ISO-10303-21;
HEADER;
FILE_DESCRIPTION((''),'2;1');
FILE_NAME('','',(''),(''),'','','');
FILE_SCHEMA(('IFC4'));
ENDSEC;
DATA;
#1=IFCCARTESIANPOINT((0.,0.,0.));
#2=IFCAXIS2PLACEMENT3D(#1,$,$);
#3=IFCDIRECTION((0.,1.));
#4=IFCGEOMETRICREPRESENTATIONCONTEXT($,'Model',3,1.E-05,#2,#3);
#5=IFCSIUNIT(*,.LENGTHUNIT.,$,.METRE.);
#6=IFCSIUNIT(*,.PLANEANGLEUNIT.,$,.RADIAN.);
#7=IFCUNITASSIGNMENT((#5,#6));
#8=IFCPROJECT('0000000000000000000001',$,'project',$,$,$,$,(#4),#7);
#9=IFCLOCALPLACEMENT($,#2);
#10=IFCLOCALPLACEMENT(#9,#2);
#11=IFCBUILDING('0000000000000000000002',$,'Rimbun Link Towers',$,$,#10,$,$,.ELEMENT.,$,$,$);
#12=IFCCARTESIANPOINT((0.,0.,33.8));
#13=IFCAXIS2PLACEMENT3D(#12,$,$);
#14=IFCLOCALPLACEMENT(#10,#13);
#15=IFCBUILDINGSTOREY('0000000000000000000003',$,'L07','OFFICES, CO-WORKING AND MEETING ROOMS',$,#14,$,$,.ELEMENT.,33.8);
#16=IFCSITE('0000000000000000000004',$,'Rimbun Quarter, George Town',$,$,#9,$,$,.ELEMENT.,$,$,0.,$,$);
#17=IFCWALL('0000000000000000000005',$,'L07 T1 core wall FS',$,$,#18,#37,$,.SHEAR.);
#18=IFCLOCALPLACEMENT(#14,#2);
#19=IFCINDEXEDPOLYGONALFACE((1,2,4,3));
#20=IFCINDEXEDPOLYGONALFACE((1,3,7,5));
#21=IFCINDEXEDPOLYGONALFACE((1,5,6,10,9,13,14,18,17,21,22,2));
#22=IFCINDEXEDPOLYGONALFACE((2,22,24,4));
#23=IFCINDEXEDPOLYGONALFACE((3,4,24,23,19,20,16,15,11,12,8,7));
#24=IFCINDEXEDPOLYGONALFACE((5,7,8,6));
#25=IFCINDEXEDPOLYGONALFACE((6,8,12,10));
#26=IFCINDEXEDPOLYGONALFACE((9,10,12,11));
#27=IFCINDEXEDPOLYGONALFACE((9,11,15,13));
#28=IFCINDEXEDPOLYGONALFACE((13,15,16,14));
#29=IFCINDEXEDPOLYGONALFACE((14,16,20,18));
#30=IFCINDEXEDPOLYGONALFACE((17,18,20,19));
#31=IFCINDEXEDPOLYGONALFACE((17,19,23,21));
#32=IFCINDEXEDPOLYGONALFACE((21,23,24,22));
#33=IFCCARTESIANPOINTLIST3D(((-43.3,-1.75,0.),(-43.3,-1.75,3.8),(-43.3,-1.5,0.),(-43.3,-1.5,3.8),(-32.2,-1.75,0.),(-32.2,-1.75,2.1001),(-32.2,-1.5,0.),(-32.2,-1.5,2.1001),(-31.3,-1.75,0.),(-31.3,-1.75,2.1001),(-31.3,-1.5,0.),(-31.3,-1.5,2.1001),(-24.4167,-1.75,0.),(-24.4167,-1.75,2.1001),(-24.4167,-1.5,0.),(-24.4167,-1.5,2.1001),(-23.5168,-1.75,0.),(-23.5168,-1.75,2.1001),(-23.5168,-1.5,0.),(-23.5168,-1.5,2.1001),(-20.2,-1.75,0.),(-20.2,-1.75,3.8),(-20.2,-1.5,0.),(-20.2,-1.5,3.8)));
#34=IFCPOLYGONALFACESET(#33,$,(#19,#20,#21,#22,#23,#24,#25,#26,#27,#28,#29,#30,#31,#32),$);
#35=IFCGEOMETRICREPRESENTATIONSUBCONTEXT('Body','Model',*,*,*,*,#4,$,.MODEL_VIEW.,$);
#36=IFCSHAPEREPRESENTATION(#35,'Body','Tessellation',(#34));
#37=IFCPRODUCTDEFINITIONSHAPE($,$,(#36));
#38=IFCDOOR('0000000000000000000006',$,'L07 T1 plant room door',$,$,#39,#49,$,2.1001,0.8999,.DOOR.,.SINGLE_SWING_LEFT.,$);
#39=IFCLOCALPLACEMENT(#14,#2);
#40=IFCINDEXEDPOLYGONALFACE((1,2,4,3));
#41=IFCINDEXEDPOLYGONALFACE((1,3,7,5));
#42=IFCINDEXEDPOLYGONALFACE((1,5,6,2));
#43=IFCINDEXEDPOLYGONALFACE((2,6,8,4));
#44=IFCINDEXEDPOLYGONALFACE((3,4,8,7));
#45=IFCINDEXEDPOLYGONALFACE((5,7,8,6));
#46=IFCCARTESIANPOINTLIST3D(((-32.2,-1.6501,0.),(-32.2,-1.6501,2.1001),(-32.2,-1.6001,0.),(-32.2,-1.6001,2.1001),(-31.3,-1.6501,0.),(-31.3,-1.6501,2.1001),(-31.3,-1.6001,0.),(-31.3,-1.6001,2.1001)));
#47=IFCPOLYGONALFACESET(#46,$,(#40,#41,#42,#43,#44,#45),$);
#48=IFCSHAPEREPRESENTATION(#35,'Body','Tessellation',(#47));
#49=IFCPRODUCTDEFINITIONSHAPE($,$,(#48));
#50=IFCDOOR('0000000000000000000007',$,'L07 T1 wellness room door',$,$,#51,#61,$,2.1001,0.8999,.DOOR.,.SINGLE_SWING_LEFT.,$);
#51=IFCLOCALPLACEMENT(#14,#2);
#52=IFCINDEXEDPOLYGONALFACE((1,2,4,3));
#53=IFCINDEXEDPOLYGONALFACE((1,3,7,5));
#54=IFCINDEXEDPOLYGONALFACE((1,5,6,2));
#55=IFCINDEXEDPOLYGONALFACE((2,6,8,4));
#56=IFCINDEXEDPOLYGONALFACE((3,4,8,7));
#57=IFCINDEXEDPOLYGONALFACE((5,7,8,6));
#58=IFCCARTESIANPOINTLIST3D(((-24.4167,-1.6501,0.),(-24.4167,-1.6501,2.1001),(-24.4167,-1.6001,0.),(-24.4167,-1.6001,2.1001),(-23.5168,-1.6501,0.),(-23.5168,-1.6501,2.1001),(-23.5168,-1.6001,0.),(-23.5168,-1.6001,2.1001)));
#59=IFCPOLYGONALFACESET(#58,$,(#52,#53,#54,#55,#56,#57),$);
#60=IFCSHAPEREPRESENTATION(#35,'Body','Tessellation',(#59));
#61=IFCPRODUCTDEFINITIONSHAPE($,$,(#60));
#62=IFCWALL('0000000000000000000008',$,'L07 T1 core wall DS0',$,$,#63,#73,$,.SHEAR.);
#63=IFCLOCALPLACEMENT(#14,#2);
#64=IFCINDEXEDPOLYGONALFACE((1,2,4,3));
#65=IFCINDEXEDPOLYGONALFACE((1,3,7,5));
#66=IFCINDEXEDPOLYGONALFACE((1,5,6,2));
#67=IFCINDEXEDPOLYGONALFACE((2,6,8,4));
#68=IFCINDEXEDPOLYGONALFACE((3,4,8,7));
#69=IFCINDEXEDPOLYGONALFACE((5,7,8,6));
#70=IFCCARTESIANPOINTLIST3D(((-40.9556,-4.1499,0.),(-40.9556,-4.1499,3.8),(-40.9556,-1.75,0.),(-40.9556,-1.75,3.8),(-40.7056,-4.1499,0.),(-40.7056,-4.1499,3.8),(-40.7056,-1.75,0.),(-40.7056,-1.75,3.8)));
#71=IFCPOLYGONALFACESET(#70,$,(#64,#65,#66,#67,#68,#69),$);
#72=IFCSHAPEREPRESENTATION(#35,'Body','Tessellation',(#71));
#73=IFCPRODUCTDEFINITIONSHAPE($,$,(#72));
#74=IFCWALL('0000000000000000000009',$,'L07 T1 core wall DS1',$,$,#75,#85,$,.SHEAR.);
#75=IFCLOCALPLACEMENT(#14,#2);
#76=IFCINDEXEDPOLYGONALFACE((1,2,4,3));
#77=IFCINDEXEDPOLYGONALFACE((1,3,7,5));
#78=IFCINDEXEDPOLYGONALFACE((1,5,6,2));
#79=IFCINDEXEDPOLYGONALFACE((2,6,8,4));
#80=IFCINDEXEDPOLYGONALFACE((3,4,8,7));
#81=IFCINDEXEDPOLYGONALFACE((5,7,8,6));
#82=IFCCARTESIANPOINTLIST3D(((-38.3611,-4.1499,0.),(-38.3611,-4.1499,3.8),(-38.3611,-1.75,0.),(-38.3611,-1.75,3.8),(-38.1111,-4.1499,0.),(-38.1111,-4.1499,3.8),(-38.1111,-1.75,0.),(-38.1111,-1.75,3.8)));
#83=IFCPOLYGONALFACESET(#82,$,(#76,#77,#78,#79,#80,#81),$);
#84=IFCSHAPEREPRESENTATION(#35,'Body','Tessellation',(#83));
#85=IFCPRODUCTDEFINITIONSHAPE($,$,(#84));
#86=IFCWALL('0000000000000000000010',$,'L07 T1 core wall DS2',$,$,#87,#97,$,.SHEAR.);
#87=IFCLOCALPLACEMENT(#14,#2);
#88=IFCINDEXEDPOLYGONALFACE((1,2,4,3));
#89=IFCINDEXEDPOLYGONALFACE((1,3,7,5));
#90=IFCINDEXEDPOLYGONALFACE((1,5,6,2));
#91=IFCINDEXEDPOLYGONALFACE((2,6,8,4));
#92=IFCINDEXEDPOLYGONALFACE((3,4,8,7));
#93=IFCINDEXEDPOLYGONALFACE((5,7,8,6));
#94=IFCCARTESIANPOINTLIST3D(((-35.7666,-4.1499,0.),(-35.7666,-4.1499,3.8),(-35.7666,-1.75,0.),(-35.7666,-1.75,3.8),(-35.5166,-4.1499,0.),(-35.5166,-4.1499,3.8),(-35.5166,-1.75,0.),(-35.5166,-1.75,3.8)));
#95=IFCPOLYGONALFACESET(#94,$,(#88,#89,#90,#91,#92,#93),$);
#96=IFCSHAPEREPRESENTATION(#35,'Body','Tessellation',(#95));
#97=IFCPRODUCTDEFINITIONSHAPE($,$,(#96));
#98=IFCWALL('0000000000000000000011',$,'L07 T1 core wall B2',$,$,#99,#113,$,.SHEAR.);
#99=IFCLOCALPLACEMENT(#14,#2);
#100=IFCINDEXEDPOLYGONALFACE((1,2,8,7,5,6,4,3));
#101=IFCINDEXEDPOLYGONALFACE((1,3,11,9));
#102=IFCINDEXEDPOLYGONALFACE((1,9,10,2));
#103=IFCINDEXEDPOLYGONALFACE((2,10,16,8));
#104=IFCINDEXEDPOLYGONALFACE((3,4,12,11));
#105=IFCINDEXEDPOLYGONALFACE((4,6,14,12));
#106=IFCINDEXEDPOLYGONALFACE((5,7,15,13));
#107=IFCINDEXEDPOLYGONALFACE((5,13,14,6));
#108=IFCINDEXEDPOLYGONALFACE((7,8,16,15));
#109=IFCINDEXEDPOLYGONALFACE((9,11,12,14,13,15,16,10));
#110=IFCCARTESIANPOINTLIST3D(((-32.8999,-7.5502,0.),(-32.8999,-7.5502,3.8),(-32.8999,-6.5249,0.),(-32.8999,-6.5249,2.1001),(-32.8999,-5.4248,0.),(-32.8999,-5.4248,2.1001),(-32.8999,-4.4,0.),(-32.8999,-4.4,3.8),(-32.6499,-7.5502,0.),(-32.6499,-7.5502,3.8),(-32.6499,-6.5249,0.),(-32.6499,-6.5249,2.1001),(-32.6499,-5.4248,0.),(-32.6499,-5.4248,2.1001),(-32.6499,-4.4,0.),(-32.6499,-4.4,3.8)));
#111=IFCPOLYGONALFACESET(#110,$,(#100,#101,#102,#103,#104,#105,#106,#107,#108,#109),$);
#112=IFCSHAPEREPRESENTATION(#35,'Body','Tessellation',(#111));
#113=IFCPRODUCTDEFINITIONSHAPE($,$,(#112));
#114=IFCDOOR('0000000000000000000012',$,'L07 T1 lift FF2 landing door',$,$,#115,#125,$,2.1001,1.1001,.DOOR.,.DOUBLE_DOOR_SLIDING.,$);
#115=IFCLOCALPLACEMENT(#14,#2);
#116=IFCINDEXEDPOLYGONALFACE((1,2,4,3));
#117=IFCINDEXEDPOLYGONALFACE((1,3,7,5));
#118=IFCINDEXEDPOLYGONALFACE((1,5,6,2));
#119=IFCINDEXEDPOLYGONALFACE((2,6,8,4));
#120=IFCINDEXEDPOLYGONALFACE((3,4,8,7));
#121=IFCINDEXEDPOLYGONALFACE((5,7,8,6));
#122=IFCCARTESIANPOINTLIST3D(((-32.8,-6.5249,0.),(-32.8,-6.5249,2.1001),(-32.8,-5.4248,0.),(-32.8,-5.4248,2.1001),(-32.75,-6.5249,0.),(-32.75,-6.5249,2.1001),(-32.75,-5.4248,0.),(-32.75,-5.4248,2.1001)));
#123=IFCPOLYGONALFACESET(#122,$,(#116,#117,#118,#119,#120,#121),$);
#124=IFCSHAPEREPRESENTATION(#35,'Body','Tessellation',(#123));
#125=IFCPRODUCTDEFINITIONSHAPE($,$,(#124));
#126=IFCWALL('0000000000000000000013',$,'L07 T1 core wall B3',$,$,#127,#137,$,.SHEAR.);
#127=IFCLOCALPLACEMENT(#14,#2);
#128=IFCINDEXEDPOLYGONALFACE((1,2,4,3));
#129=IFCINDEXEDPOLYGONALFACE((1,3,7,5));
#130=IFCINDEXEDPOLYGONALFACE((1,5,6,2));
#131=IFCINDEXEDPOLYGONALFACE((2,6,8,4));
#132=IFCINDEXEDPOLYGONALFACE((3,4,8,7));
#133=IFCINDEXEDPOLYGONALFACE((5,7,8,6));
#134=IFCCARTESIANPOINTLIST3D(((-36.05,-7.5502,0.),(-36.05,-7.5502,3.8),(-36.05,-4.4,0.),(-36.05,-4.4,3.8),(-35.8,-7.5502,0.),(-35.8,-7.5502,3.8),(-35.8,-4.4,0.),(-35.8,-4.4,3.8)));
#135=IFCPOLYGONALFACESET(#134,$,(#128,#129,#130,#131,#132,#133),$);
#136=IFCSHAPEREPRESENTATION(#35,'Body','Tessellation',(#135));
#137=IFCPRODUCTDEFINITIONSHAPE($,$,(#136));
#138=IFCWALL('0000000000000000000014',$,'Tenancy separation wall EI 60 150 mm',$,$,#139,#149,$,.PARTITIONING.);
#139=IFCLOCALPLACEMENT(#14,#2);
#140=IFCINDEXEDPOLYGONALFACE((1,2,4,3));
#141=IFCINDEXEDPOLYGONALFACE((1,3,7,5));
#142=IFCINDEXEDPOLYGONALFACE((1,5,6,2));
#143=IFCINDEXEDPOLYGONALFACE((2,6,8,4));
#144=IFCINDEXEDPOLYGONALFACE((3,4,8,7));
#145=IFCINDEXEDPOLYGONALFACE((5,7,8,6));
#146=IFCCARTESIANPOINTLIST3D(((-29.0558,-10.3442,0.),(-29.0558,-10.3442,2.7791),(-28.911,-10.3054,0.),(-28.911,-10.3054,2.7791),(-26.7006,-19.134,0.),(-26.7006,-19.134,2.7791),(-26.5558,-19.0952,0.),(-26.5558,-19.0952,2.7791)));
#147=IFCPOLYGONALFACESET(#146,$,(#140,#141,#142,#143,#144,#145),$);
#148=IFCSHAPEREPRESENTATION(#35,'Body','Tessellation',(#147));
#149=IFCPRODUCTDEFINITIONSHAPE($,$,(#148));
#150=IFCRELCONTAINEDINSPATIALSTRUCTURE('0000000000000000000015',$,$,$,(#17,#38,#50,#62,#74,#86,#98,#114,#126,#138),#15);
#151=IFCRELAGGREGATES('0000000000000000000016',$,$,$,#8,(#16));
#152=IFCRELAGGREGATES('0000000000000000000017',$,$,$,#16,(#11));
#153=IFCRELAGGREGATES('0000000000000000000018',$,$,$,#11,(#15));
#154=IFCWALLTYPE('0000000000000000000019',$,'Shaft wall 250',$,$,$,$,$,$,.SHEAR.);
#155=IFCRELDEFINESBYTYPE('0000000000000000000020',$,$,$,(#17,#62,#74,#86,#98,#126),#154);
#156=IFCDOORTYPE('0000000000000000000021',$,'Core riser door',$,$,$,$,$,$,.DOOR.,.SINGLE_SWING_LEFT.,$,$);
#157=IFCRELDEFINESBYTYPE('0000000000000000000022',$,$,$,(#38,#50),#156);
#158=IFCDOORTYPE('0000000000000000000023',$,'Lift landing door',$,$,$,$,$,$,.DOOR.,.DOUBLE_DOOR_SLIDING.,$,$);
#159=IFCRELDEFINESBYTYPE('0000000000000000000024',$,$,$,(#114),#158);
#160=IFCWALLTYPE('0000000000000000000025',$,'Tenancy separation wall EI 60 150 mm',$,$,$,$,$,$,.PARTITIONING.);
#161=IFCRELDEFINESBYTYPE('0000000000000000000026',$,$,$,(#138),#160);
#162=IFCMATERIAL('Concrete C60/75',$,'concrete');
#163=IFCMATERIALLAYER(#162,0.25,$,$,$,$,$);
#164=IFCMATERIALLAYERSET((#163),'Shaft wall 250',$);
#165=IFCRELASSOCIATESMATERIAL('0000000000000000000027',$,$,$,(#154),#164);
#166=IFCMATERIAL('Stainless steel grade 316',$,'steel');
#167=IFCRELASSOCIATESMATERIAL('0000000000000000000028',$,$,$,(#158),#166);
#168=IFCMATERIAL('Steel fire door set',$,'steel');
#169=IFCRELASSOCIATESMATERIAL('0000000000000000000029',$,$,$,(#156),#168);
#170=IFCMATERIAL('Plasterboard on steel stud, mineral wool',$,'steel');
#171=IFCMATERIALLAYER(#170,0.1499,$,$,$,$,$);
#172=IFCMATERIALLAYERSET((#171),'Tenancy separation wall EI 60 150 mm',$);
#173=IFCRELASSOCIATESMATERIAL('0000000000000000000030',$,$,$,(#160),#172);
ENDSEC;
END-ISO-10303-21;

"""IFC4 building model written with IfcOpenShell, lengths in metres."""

from ifc_helpers import new_model, si_unit, direction, frame, frame_2d, origin, place, context, subcontext, project, spatial, rectangle, extrude, material, layer, layer_set, type_object, element, fill, save


model = new_model("IFC4")

# Units and contexts
model_context = context("Model", 3, precision=1e-05, world=origin(), true_north=direction((0.0, 1.0)))
body_context = subcontext(model_context, "Body", "Model", "MODEL_VIEW")
ifc_project = project(units=[si_unit("LENGTHUNIT", "METRE"), si_unit("PLANEANGLEUNIT", "RADIAN")], contexts=[model_context])

# Site, building, storey
site_placement = place(None, origin())
site = spatial("IfcSite", under=ifc_project, at=site_placement, Name="Rimbun Quarter, George Town", CompositionType="ELEMENT", RefElevation=0.0)
building_placement = place(site_placement, origin())
building = spatial("IfcBuilding", under=site, at=building_placement, Name="Rimbun Link Towers", CompositionType="ELEMENT")
storey_placement = place(building_placement, frame((0.0, 0.0, 33.8)))
storey = spatial("IfcBuildingStorey", under=building, at=storey_placement, Name="L07", Description="OFFICES, CO-WORKING AND MEETING ROOMS", CompositionType="ELEMENT", Elevation=33.8)

# Wall, openings, doors
ifc_material_1 = material(Name="Concrete C60/75", Category="concrete")
ifc_layer_1 = layer(ifc_material_1, 0.25)
ifc_layer_set_1 = layer_set([ifc_layer_1], Name="Shaft wall 250")
wall_type_1 = type_object("IfcWallType", Name="Shaft wall 250", PredefinedType="SHEAR", material=ifc_layer_set_1)
ifc_material_2 = material(Name="Stainless steel grade 316", Category="steel")
door_type_1 = type_object("IfcDoorType", Name="Lift landing door", OperationType="DOUBLE_DOOR_SLIDING", PredefinedType="DOOR", material=ifc_material_2)
wall_1_placement = place(storey_placement, frame((-43.3, -1.625, 0.0), z_axis=(0.0, 0.0, 1.0), x_axis=(1.0, 0.0, 0.0)))
wall_1 = element("IfcWall", 1, at=wall_1_placement, inside=storey, type_object=wall_type_1, Name="L07 T1 core wall FS", PredefinedType="SHEAR", context=body_context, shape_type="SweptSolid", body=[
    extrude(rectangle(XDim=23.1001, YDim=0.25, at=frame_2d((11.55, 0.0))), origin(), (0.0, 0.0, 1.0), 3.8),
])
opening_1_placement = place(wall_1_placement, frame((11.1001, 0.0, 0.0)))
opening_1 = element("IfcOpeningElement", 2, at=opening_1_placement, cuts=wall_1, PredefinedType="OPENING", context=body_context, shape_type="SweptSolid", body=[
    extrude(rectangle(XDim=0.8999, YDim=2.1001, at=frame_2d((0.45, 1.05))), frame((0.0, 0.135, 0.0), z_axis=(0.0, -1.0, 0.0), x_axis=(1.0, 0.0, 0.0)), (0.0, 0.0, 1.0), 0.27),
])
opening_2_placement = place(wall_1_placement, frame((18.8833, 0.0, 0.0)))
opening_2 = element("IfcOpeningElement", 3, at=opening_2_placement, cuts=wall_1, PredefinedType="OPENING", context=body_context, shape_type="SweptSolid", body=[
    extrude(rectangle(XDim=0.8999, YDim=2.1001, at=frame_2d((0.45, 1.05))), frame((0.0, 0.135, 0.0), z_axis=(0.0, -1.0, 0.0), x_axis=(1.0, 0.0, 0.0)), (0.0, 0.0, 1.0), 0.27),
])
ifc_material_3 = material(Name="Steel fire door set", Category="steel")
door_type_2 = type_object("IfcDoorType", Name="Core riser door", OperationType="SINGLE_SWING_LEFT", PredefinedType="DOOR", material=ifc_material_3)
door_1_placement = place(opening_1_placement, origin())
door_1 = element("IfcDoor", 4, at=door_1_placement, inside=storey, type_object=door_type_2, Name="L07 T1 plant room door", OperationType="SINGLE_SWING_LEFT", OverallHeight=2.1001, OverallWidth=0.8999, PredefinedType="DOOR", context=body_context, shape_type="SweptSolid", body=[
    extrude(rectangle(XDim=0.8999, YDim=2.1001, at=frame_2d((0.45, 1.05))), frame((0.0, 0.0249, 0.0), z_axis=(0.0, -1.0, 0.0), x_axis=(1.0, 0.0, 0.0)), (0.0, 0.0, 1.0), 0.05),
])
fill(opening_1, door_1)
door_2_placement = place(opening_2_placement, origin())
door_2 = element("IfcDoor", 5, at=door_2_placement, inside=storey, type_object=door_type_2, Name="L07 T1 wellness room door", OperationType="SINGLE_SWING_LEFT", OverallHeight=2.1001, OverallWidth=0.8999, PredefinedType="DOOR", context=body_context, shape_type="SweptSolid", body=[
    extrude(rectangle(XDim=0.8999, YDim=2.1001, at=frame_2d((0.45, 1.05))), frame((0.0, 0.0249, 0.0), z_axis=(0.0, -1.0, 0.0), x_axis=(1.0, 0.0, 0.0)), (0.0, 0.0, 1.0), 0.05),
])
fill(opening_2, door_2)

# Walls
for number, where, z_axis, x_axis, name in (
    (6, (-40.8306, -4.1499, 0.0), (0.0, 0.0, 1.0), (0.0, 1.0, 0.0), "L07 T1 core wall DS0"),
    (7, (-38.2361, -4.1499, 0.0), (0.0, 0.0, 1.0), (0.0, 1.0, 0.0), "L07 T1 core wall DS1"),
    (8, (-35.6416, -4.1499, 0.0), (0.0, 0.0, 1.0), (0.0, 1.0, 0.0), "L07 T1 core wall DS2"),
):
    element("IfcWall", number, at=place(storey_placement, frame(where, z_axis=z_axis, x_axis=x_axis)), inside=storey, type_object=wall_type_1, Name=name, PredefinedType="SHEAR", context=body_context, shape_type="SweptSolid", body=[
        extrude(rectangle(XDim=2.3999, YDim=0.25, at=frame_2d((1.2, 0.0))), origin(), (0.0, 0.0, 1.0), 3.8),
    ])

# Wall, opening, door
wall_2_placement = place(storey_placement, frame((-32.7749, -4.3999, 0.0), z_axis=(0.0, 0.0, 1.0), x_axis=(0.0, -1.0, 0.0)))
wall_2 = element("IfcWall", 9, at=wall_2_placement, inside=storey, type_object=wall_type_1, Name="L07 T1 core wall B2", PredefinedType="SHEAR", context=body_context, shape_type="SweptSolid", body=[
    extrude(rectangle(XDim=3.1501, YDim=0.25, at=frame_2d((1.5752, 0.0))), origin(), (0.0, 0.0, 1.0), 3.8),
])
opening_3_placement = place(wall_2_placement, frame((1.0249, 0.0, 0.0)))
opening_3 = element("IfcOpeningElement", 10, at=opening_3_placement, cuts=wall_2, PredefinedType="OPENING", context=body_context, shape_type="SweptSolid", body=[
    extrude(rectangle(XDim=1.1001, YDim=2.1001, at=frame_2d((0.55, 1.05))), frame((0.0, 0.135, 0.0), z_axis=(0.0, -1.0, 0.0), x_axis=(1.0, 0.0, 0.0)), (0.0, 0.0, 1.0), 0.27),
])
door_3_placement = place(opening_3_placement, origin())
door_3 = element("IfcDoor", 11, at=door_3_placement, inside=storey, type_object=door_type_1, Name="L07 T1 lift FF2 landing door", OperationType="DOUBLE_DOOR_SLIDING", OverallHeight=2.1001, OverallWidth=1.1001, PredefinedType="DOOR", context=body_context, shape_type="SweptSolid", body=[
    extrude(rectangle(XDim=1.1001, YDim=2.1001, at=frame_2d((0.55, 1.05))), frame((0.0, 0.0249, 0.0), z_axis=(0.0, -1.0, 0.0), x_axis=(1.0, 0.0, 0.0)), (0.0, 0.0, 1.0), 0.05),
])
fill(opening_3, door_3)

# Walls
wall_3_placement = place(storey_placement, frame((-35.925, -4.3999, 0.0), z_axis=(0.0, 0.0, 1.0), x_axis=(0.0, -1.0, 0.0)))
element("IfcWall", 12, at=wall_3_placement, inside=storey, type_object=wall_type_1, Name="L07 T1 core wall B3", PredefinedType="SHEAR", context=body_context, shape_type="SweptSolid", body=[
    extrude(rectangle(XDim=3.1501, YDim=0.25, at=frame_2d((1.5752, 0.0))), origin(), (0.0, 0.0, 1.0), 3.8),
])
ifc_material_4 = material(Name="Plasterboard on steel stud, mineral wool", Category="steel")
ifc_layer_2 = layer(ifc_material_4, 0.1499)
ifc_layer_set_2 = layer_set([ifc_layer_2], Name="Tenancy separation wall EI 60 150 mm")
wall_type_2 = type_object("IfcWallType", Name="Tenancy separation wall EI 60 150 mm", PredefinedType="PARTITIONING", material=ifc_layer_set_2)
wall_4_placement = place(storey_placement, frame((-28.9834, -10.325, 0.0), z_axis=(0.0, 0.0, 1.0), x_axis=(0.25882, -0.965926, 0.0)))
element("IfcWall", 13, at=wall_4_placement, inside=storey, type_object=wall_type_2, Name="Tenancy separation wall EI 60 150 mm", PredefinedType="PARTITIONING", context=body_context, shape_type="SweptSolid", body=[
    extrude(rectangle(XDim=9.0999, YDim=0.1499, at=frame_2d((4.5498, 0.0))), origin(), (0.0, 0.0, 1.0), 2.7791),
])

save(model, "model.ifc")
